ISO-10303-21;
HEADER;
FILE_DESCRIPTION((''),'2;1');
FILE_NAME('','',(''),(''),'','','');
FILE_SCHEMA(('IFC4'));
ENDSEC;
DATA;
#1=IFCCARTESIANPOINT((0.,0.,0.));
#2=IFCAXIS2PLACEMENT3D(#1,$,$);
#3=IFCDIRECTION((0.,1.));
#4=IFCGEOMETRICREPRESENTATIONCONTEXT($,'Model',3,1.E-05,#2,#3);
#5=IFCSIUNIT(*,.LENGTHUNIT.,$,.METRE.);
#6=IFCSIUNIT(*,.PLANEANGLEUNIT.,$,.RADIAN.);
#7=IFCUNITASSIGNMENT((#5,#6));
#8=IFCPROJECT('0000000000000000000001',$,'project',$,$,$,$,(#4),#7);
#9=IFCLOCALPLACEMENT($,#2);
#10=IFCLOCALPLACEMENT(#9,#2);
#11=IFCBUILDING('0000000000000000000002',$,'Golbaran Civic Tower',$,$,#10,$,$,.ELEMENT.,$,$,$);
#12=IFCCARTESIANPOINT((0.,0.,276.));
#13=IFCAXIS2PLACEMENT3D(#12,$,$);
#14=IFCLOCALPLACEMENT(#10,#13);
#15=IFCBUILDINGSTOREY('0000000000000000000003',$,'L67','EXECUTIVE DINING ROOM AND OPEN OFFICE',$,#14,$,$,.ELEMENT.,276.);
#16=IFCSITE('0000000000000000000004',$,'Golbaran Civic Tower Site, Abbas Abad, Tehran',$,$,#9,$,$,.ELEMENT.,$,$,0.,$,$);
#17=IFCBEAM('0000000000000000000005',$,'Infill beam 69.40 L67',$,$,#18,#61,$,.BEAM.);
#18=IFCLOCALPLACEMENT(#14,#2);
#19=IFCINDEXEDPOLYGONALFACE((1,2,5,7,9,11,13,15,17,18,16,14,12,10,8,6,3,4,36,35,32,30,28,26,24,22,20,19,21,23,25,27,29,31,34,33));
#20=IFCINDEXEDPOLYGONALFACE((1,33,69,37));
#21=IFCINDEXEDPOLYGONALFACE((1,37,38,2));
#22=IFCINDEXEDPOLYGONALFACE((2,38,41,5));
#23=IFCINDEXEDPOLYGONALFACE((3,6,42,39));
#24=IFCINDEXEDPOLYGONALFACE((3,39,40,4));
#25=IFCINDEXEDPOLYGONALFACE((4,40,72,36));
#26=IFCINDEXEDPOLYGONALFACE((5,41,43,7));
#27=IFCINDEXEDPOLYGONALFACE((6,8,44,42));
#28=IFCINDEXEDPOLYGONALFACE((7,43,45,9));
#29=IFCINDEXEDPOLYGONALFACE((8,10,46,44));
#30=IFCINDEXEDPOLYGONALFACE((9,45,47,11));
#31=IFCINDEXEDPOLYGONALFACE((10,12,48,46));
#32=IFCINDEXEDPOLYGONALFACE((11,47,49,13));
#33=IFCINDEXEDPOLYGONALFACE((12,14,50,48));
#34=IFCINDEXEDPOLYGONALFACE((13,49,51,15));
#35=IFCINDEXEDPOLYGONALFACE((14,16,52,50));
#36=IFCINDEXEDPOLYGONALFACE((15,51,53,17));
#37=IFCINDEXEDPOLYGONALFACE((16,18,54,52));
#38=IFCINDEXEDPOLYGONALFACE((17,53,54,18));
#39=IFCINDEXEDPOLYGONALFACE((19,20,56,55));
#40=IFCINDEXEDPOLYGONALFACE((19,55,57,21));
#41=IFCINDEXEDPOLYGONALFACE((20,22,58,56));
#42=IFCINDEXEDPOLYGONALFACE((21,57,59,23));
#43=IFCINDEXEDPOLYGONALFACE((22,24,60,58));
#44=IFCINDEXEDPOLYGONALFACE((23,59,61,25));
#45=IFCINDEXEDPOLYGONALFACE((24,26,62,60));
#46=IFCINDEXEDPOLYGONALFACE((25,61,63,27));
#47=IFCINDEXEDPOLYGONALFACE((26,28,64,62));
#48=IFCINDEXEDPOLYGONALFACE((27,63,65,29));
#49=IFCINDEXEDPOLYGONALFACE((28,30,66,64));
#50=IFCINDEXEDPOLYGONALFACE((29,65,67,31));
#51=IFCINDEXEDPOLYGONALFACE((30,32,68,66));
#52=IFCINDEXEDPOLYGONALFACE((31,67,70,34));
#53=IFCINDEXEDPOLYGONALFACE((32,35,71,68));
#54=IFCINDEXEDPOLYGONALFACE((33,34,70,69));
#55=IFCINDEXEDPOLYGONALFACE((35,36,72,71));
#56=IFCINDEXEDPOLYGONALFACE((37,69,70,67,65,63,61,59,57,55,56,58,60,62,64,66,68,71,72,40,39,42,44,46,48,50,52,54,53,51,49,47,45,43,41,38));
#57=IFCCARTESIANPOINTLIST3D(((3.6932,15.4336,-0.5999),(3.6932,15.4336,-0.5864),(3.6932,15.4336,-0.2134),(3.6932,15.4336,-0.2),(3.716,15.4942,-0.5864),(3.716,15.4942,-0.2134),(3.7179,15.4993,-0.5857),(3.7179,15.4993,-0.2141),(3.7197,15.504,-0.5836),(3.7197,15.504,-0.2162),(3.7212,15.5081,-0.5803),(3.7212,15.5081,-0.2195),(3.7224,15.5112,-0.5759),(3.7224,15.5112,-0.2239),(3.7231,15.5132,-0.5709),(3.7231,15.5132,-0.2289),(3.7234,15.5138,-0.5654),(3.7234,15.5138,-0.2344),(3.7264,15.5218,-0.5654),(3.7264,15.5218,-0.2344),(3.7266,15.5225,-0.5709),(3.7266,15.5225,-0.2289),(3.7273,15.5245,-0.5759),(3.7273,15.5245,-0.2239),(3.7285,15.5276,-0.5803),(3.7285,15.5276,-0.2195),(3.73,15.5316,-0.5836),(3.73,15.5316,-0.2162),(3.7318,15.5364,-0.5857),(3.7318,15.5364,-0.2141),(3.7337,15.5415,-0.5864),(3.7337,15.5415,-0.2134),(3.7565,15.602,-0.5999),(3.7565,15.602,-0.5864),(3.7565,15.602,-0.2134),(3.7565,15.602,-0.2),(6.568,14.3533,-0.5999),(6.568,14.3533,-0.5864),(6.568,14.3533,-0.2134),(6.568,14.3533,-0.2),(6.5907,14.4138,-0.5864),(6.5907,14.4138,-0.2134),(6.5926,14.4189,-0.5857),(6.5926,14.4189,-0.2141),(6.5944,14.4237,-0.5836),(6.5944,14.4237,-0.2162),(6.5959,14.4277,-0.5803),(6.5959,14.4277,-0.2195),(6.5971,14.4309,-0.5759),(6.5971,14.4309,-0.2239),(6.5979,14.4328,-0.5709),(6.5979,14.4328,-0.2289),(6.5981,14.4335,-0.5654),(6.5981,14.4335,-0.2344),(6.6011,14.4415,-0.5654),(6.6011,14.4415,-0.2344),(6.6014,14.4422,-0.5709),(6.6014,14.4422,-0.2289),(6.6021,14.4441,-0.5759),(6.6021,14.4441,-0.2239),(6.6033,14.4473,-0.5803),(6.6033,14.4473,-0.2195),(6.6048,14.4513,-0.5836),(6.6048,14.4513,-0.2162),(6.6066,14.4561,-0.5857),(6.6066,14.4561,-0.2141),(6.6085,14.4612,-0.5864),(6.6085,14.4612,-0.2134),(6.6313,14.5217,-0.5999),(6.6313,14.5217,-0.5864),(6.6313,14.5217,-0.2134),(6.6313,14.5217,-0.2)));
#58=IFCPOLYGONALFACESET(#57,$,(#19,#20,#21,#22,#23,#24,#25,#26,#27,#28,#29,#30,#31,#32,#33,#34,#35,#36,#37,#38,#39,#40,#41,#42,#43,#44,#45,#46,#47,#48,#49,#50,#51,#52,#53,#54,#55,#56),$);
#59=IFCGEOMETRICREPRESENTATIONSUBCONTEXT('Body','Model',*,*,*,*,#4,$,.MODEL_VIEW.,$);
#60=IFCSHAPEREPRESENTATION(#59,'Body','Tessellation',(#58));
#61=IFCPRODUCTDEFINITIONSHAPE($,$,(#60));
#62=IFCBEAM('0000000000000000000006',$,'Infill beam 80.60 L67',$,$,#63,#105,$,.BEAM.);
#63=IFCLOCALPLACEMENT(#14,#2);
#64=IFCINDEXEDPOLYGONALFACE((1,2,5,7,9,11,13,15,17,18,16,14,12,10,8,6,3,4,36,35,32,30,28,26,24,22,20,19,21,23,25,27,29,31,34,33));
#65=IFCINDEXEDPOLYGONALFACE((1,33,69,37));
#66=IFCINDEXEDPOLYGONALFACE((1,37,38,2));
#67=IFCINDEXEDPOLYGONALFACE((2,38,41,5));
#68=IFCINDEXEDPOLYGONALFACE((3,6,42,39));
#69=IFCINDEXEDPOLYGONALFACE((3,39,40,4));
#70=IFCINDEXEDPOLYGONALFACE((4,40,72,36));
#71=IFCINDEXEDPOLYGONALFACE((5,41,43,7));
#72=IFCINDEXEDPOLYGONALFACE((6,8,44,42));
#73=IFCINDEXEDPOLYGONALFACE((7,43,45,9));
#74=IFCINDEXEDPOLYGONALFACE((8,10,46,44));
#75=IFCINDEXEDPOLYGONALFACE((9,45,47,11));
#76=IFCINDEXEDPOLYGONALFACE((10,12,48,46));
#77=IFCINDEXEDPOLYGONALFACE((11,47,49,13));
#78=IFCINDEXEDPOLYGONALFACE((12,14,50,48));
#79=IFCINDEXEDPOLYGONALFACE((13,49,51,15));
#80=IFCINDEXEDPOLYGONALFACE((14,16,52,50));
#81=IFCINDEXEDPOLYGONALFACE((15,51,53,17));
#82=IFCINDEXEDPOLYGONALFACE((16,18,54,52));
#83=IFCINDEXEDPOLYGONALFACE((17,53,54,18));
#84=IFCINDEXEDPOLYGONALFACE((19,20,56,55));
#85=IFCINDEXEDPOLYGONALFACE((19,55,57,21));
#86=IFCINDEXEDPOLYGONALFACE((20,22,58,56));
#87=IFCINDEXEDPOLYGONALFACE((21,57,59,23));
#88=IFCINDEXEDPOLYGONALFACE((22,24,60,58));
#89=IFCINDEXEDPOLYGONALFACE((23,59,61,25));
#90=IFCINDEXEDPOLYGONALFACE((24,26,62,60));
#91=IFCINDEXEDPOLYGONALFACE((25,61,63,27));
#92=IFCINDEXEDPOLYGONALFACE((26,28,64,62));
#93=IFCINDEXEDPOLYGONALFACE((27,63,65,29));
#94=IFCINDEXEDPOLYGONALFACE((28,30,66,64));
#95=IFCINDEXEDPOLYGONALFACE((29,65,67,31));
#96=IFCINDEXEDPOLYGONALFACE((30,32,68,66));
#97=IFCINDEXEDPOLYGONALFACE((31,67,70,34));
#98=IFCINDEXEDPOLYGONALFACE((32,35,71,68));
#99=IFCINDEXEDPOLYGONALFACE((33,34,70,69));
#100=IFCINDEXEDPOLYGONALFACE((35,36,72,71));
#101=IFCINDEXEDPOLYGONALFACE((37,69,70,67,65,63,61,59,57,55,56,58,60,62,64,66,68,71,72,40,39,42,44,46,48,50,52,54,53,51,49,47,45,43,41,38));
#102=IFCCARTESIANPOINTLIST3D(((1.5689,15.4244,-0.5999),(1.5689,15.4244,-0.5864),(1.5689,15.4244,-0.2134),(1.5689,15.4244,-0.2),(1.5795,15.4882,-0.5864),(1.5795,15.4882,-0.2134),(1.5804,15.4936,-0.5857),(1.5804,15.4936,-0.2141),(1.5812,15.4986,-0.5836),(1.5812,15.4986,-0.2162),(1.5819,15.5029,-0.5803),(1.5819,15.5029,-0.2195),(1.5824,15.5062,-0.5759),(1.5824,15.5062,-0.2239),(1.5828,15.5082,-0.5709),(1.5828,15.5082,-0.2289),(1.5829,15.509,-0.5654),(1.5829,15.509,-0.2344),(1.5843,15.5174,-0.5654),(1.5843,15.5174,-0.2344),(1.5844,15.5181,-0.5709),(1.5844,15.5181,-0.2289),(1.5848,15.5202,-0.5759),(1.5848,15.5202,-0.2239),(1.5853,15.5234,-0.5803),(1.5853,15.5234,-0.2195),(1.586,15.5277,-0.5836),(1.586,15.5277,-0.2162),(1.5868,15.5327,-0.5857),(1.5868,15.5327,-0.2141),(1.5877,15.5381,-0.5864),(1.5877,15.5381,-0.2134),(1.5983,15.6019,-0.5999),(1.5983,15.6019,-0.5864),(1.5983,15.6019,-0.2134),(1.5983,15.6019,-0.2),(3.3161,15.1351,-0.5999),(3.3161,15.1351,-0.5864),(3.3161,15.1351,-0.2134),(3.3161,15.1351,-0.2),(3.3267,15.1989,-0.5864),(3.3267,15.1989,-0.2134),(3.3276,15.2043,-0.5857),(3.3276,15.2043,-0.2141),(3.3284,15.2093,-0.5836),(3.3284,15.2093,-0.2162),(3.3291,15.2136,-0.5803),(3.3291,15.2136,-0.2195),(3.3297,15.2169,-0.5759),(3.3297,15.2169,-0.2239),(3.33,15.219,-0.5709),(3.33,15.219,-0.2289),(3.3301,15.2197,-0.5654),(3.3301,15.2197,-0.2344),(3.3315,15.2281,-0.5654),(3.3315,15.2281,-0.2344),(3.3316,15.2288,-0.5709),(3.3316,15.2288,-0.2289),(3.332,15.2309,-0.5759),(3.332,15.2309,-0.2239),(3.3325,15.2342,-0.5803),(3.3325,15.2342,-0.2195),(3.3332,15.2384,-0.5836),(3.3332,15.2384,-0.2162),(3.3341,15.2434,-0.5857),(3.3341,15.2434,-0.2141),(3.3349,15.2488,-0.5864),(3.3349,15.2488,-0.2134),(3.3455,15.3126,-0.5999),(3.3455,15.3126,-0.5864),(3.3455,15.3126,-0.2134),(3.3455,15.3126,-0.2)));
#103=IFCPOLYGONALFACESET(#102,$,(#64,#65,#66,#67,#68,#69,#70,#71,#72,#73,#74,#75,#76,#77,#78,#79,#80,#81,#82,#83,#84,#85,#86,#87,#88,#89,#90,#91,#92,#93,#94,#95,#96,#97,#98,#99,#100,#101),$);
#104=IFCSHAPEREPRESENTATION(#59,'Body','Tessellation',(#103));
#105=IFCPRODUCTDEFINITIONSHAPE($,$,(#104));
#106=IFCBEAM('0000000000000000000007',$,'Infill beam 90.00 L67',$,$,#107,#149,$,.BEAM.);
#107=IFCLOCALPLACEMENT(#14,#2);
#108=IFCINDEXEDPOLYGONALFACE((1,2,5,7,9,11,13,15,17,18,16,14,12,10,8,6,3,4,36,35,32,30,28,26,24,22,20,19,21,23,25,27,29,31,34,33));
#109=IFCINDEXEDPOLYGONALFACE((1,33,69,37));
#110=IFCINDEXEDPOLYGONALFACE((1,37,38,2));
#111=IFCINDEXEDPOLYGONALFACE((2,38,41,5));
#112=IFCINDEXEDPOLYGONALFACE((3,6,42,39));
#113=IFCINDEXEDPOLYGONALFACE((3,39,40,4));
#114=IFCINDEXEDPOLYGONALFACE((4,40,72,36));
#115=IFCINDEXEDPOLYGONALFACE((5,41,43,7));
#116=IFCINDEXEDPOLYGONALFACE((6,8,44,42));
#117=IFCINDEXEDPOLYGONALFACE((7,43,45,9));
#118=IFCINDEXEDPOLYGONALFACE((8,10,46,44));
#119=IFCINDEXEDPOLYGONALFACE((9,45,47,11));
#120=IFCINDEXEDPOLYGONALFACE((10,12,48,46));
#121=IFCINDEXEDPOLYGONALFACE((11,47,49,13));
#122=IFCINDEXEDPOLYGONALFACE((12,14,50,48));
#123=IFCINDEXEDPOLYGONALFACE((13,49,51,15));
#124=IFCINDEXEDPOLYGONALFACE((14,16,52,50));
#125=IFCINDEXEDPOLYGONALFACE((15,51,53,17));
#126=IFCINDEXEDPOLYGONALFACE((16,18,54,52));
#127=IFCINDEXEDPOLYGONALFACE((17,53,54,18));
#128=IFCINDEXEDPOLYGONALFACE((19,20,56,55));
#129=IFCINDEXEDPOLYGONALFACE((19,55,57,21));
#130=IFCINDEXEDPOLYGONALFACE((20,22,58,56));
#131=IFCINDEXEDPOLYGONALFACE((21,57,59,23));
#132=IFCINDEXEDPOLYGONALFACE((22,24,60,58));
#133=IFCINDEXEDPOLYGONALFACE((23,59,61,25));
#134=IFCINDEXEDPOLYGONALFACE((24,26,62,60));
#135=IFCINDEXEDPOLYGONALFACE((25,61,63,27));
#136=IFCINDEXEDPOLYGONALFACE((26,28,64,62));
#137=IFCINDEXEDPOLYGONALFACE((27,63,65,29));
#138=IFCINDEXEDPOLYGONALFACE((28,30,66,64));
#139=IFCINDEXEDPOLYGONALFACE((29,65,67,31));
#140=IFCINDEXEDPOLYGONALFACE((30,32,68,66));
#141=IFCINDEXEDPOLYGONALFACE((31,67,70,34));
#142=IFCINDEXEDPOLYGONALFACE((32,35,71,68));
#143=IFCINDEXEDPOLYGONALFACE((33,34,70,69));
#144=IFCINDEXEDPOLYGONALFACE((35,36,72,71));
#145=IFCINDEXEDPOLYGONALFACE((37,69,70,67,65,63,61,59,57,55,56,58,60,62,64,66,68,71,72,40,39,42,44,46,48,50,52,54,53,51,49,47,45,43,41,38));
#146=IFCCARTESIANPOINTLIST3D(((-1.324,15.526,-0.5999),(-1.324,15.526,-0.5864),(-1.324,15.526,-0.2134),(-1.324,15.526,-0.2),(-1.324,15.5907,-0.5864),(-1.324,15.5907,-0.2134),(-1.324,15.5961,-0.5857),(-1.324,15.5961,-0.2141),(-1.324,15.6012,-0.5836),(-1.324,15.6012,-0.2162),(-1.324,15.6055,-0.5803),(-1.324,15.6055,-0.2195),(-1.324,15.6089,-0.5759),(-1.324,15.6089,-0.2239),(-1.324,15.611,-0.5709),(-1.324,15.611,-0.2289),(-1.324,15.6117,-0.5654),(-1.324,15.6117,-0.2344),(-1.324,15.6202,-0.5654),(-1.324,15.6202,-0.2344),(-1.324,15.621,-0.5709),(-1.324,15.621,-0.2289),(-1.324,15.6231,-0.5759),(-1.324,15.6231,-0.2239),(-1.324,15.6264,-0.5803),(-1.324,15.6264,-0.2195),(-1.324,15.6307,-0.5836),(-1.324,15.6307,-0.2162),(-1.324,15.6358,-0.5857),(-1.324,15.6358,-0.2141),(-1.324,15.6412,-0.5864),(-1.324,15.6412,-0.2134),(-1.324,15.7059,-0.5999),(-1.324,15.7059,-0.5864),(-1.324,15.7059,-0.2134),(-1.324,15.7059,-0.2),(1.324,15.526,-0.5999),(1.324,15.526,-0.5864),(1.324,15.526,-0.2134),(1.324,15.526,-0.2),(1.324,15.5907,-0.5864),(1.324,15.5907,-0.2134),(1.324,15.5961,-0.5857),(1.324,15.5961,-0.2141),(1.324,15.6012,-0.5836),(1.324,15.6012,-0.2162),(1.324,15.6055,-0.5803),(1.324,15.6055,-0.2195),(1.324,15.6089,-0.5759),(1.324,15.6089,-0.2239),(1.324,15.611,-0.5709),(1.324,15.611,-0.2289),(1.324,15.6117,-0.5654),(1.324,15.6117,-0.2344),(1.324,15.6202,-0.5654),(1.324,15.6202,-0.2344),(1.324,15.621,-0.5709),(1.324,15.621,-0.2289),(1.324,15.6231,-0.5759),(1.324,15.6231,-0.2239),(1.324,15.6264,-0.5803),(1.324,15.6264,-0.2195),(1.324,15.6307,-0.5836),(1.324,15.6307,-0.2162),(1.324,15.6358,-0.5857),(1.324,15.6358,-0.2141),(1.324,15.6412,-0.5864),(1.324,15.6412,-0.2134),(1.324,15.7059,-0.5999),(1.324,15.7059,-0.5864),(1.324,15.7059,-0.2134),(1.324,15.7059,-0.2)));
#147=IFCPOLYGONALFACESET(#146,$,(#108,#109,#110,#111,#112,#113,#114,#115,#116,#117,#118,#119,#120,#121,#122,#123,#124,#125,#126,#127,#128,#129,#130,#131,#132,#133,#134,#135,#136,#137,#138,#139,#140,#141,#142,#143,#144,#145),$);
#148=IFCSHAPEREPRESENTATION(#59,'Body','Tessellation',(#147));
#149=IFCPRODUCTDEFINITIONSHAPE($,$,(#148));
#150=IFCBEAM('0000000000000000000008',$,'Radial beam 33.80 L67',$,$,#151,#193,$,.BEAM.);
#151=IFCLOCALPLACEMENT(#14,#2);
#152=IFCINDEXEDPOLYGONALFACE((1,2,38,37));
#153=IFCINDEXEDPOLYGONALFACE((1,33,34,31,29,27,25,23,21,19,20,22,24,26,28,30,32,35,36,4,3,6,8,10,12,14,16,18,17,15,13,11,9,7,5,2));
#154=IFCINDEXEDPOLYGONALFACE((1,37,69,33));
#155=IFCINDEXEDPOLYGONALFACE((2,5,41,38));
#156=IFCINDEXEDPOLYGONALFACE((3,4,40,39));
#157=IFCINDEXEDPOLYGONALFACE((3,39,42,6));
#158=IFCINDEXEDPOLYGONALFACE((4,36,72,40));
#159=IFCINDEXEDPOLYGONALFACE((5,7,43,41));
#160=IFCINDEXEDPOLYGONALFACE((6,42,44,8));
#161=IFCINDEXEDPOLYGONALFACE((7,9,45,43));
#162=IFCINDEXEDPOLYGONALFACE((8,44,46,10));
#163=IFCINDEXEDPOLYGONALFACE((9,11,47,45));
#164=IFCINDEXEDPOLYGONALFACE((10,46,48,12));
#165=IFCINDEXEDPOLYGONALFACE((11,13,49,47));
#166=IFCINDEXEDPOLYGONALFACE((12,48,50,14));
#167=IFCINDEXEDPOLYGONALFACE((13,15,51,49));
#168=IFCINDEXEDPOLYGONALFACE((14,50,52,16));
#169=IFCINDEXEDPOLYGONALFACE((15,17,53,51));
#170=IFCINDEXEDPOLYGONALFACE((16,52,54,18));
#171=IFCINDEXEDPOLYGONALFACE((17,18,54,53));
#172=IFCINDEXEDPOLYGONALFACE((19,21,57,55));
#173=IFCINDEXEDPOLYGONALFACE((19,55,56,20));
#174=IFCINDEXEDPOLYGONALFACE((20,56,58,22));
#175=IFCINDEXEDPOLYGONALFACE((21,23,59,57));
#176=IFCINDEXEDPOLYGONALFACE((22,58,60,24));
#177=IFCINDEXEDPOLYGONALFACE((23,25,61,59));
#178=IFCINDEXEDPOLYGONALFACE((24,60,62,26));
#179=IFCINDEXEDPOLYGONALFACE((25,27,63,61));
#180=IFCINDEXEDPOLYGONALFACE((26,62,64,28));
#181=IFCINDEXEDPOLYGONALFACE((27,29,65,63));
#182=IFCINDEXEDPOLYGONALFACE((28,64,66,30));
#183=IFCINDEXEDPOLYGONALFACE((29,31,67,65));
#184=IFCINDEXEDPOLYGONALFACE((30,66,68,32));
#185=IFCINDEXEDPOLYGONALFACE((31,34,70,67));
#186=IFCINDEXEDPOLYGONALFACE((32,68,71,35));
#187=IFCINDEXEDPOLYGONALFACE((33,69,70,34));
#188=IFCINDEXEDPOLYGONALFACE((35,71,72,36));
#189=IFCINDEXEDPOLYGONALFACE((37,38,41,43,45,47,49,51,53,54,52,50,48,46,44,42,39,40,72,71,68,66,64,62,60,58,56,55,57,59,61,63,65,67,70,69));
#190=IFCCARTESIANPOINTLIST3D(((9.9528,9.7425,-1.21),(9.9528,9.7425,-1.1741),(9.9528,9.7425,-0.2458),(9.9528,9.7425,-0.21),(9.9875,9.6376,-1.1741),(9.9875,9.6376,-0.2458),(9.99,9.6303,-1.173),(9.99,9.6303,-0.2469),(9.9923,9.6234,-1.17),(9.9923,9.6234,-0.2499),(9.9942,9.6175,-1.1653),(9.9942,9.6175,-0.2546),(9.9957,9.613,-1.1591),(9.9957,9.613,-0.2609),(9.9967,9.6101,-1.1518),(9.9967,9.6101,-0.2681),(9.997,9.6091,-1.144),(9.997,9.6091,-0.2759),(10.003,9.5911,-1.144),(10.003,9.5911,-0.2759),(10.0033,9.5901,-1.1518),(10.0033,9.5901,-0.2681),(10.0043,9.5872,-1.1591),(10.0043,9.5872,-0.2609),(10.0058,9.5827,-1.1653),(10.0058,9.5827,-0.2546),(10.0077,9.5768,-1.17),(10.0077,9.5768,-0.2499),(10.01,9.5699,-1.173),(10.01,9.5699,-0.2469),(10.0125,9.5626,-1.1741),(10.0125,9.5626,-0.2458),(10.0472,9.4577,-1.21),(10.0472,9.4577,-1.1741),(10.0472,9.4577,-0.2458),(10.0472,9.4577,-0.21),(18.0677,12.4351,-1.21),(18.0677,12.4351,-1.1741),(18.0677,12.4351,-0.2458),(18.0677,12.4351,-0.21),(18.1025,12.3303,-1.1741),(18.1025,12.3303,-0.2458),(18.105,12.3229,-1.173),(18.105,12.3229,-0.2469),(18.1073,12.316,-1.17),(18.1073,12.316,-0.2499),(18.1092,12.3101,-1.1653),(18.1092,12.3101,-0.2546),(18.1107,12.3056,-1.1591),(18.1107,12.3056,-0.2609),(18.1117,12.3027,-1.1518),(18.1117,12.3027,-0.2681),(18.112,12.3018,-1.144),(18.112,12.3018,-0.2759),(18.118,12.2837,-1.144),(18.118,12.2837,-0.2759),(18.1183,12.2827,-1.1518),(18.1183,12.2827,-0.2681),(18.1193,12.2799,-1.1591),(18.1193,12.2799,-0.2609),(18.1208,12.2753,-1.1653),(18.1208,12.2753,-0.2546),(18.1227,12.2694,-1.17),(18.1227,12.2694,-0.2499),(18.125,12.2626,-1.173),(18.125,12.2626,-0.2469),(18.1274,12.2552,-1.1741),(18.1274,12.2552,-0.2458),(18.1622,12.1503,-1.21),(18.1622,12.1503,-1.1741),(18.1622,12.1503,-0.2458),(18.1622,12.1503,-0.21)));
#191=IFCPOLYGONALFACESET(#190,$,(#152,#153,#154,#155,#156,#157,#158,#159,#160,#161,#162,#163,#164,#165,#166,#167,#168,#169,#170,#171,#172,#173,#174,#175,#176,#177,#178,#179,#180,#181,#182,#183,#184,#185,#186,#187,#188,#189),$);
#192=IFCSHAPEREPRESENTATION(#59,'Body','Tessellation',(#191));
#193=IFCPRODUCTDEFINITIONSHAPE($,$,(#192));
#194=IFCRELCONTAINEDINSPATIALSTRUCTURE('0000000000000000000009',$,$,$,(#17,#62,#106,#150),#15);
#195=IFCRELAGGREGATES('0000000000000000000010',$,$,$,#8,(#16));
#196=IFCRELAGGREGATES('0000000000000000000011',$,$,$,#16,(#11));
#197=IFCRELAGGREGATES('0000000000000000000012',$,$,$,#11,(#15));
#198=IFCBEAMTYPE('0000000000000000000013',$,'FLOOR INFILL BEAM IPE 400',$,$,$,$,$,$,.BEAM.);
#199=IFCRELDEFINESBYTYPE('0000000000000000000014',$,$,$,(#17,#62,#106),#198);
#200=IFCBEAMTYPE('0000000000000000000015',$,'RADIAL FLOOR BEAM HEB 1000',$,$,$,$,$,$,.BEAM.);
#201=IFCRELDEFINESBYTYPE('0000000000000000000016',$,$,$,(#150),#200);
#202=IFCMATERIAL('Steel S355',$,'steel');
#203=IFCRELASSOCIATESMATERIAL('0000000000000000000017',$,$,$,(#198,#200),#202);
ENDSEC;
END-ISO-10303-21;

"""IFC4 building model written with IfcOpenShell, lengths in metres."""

from ifc_helpers import new_model, si_unit, direction, frame, origin, origin_2d, place, context, subcontext, project, spatial, i_section, extrude, material, material_profile, profile_set, type_object, element, save


model = new_model("IFC4")

# Units and contexts
model_context = context("Model", 3, precision=1e-05, world=origin(), true_north=direction((0.0, 1.0)))
body_context = subcontext(model_context, "Body", "Model", "MODEL_VIEW")
ifc_project = project(units=[si_unit("LENGTHUNIT", "METRE"), si_unit("PLANEANGLEUNIT", "RADIAN")], contexts=[model_context])

# Site, building, storey
site_placement = place(None, origin())
site = spatial("IfcSite", under=ifc_project, at=site_placement, Name="Golbaran Civic Tower Site, Abbas Abad, Tehran", CompositionType="ELEMENT", RefElevation=0.0)
building_placement = place(site_placement, origin())
building = spatial("IfcBuilding", under=site, at=building_placement, Name="Golbaran Civic Tower", CompositionType="ELEMENT")
storey_placement = place(building_placement, frame((0.0, 0.0, 276.0)))
storey = spatial("IfcBuildingStorey", under=building, at=storey_placement, Name="L67", Description="EXECUTIVE DINING ROOM AND OPEN OFFICE", CompositionType="ELEMENT", Elevation=276.0)

# Beams
ifc_material_1 = material(Name="Steel S355", Category="steel")
ifc_material_profile_1 = material_profile(ifc_material_1, i_section(OverallWidth=0.1799, OverallDepth=0.3999, WebThickness=0.0085, FlangeThickness=0.0134, FilletRadius=0.021, at=origin_2d()), Name="IPE 400")
ifc_profile_set_1 = profile_set([ifc_material_profile_1], Name="Steel S355")
beam_type_1 = type_object("IfcBeamType", Name="FLOOR INFILL BEAM IPE 400", PredefinedType="BEAM", material=ifc_profile_set_1)
beam_1_placement = place(storey_placement, frame((6.5996, 14.4375, -0.3999), z_axis=(-0.936084, 0.351777, 0.0), x_axis=(-0.351777, -0.936084, 0.0)))
element("IfcBeam", 1, at=beam_1_placement, inside=storey, type_object=beam_type_1, Name="Infill beam 69.40 L67", PredefinedType="BEAM", context=body_context, shape_type="SweptSolid", body=[
    extrude(i_section(OverallWidth=0.1799, OverallDepth=0.3999, WebThickness=0.0085, FlangeThickness=0.0134, FilletRadius=0.021, at=origin_2d()), origin(), (0.0, 0.0, 1.0), 3.071),
])
beam_2_placement = place(storey_placement, frame((3.3308, 15.2239, -0.3999), z_axis=(-0.986568, 0.163348, 0.0), x_axis=(-0.163348, -0.986568, 0.0)))
element("IfcBeam", 2, at=beam_2_placement, inside=storey, type_object=beam_type_1, Name="Infill beam 80.60 L67", PredefinedType="BEAM", context=body_context, shape_type="SweptSolid", body=[
    extrude(i_section(OverallWidth=0.1799, OverallDepth=0.3999, WebThickness=0.0085, FlangeThickness=0.0134, FilletRadius=0.021, at=origin_2d()), origin(), (0.0, 0.0, 1.0), 1.771),
])
beam_3_placement = place(storey_placement, frame((1.324, 15.616, -0.3999), z_axis=(-1.0, 0.0, 0.0), x_axis=(0.0, -1.0, 0.0)))
element("IfcBeam", 3, at=beam_3_placement, inside=storey, type_object=beam_type_1, Name="Infill beam 90.00 L67", PredefinedType="BEAM", context=body_context, shape_type="SweptSolid", body=[
    extrude(i_section(OverallWidth=0.1799, OverallDepth=0.3999, WebThickness=0.0085, FlangeThickness=0.0134, FilletRadius=0.021, at=origin_2d()), origin(), (0.0, 0.0, 1.0), 2.6479),
])
ifc_material_profile_2 = material_profile(ifc_material_1, i_section(OverallWidth=0.3, OverallDepth=1.0, WebThickness=0.019, FlangeThickness=0.0359, FilletRadius=0.03, at=origin_2d()), Name="HEB 1000")
ifc_profile_set_2 = profile_set([ifc_material_profile_2], Name="Steel S355")
beam_type_2 = type_object("IfcBeamType", Name="RADIAL FLOOR BEAM HEB 1000", PredefinedType="BEAM", material=ifc_profile_set_2)
beam_4_placement = place(storey_placement, frame((10.0, 9.6001, -0.71), z_axis=(0.949116, 0.314925, 0.0), x_axis=(-0.314925, 0.949116, 0.0)))
element("IfcBeam", 4, at=beam_4_placement, inside=storey, type_object=beam_type_2, Name="Radial beam 33.80 L67", PredefinedType="BEAM", context=body_context, shape_type="SweptSolid", body=[
    extrude(i_section(OverallWidth=0.3, OverallDepth=1.0, WebThickness=0.019, FlangeThickness=0.0359, FilletRadius=0.03, at=origin_2d()), origin(), (0.0, 0.0, 1.0), 8.55),
])

save(model, "model.ifc")
